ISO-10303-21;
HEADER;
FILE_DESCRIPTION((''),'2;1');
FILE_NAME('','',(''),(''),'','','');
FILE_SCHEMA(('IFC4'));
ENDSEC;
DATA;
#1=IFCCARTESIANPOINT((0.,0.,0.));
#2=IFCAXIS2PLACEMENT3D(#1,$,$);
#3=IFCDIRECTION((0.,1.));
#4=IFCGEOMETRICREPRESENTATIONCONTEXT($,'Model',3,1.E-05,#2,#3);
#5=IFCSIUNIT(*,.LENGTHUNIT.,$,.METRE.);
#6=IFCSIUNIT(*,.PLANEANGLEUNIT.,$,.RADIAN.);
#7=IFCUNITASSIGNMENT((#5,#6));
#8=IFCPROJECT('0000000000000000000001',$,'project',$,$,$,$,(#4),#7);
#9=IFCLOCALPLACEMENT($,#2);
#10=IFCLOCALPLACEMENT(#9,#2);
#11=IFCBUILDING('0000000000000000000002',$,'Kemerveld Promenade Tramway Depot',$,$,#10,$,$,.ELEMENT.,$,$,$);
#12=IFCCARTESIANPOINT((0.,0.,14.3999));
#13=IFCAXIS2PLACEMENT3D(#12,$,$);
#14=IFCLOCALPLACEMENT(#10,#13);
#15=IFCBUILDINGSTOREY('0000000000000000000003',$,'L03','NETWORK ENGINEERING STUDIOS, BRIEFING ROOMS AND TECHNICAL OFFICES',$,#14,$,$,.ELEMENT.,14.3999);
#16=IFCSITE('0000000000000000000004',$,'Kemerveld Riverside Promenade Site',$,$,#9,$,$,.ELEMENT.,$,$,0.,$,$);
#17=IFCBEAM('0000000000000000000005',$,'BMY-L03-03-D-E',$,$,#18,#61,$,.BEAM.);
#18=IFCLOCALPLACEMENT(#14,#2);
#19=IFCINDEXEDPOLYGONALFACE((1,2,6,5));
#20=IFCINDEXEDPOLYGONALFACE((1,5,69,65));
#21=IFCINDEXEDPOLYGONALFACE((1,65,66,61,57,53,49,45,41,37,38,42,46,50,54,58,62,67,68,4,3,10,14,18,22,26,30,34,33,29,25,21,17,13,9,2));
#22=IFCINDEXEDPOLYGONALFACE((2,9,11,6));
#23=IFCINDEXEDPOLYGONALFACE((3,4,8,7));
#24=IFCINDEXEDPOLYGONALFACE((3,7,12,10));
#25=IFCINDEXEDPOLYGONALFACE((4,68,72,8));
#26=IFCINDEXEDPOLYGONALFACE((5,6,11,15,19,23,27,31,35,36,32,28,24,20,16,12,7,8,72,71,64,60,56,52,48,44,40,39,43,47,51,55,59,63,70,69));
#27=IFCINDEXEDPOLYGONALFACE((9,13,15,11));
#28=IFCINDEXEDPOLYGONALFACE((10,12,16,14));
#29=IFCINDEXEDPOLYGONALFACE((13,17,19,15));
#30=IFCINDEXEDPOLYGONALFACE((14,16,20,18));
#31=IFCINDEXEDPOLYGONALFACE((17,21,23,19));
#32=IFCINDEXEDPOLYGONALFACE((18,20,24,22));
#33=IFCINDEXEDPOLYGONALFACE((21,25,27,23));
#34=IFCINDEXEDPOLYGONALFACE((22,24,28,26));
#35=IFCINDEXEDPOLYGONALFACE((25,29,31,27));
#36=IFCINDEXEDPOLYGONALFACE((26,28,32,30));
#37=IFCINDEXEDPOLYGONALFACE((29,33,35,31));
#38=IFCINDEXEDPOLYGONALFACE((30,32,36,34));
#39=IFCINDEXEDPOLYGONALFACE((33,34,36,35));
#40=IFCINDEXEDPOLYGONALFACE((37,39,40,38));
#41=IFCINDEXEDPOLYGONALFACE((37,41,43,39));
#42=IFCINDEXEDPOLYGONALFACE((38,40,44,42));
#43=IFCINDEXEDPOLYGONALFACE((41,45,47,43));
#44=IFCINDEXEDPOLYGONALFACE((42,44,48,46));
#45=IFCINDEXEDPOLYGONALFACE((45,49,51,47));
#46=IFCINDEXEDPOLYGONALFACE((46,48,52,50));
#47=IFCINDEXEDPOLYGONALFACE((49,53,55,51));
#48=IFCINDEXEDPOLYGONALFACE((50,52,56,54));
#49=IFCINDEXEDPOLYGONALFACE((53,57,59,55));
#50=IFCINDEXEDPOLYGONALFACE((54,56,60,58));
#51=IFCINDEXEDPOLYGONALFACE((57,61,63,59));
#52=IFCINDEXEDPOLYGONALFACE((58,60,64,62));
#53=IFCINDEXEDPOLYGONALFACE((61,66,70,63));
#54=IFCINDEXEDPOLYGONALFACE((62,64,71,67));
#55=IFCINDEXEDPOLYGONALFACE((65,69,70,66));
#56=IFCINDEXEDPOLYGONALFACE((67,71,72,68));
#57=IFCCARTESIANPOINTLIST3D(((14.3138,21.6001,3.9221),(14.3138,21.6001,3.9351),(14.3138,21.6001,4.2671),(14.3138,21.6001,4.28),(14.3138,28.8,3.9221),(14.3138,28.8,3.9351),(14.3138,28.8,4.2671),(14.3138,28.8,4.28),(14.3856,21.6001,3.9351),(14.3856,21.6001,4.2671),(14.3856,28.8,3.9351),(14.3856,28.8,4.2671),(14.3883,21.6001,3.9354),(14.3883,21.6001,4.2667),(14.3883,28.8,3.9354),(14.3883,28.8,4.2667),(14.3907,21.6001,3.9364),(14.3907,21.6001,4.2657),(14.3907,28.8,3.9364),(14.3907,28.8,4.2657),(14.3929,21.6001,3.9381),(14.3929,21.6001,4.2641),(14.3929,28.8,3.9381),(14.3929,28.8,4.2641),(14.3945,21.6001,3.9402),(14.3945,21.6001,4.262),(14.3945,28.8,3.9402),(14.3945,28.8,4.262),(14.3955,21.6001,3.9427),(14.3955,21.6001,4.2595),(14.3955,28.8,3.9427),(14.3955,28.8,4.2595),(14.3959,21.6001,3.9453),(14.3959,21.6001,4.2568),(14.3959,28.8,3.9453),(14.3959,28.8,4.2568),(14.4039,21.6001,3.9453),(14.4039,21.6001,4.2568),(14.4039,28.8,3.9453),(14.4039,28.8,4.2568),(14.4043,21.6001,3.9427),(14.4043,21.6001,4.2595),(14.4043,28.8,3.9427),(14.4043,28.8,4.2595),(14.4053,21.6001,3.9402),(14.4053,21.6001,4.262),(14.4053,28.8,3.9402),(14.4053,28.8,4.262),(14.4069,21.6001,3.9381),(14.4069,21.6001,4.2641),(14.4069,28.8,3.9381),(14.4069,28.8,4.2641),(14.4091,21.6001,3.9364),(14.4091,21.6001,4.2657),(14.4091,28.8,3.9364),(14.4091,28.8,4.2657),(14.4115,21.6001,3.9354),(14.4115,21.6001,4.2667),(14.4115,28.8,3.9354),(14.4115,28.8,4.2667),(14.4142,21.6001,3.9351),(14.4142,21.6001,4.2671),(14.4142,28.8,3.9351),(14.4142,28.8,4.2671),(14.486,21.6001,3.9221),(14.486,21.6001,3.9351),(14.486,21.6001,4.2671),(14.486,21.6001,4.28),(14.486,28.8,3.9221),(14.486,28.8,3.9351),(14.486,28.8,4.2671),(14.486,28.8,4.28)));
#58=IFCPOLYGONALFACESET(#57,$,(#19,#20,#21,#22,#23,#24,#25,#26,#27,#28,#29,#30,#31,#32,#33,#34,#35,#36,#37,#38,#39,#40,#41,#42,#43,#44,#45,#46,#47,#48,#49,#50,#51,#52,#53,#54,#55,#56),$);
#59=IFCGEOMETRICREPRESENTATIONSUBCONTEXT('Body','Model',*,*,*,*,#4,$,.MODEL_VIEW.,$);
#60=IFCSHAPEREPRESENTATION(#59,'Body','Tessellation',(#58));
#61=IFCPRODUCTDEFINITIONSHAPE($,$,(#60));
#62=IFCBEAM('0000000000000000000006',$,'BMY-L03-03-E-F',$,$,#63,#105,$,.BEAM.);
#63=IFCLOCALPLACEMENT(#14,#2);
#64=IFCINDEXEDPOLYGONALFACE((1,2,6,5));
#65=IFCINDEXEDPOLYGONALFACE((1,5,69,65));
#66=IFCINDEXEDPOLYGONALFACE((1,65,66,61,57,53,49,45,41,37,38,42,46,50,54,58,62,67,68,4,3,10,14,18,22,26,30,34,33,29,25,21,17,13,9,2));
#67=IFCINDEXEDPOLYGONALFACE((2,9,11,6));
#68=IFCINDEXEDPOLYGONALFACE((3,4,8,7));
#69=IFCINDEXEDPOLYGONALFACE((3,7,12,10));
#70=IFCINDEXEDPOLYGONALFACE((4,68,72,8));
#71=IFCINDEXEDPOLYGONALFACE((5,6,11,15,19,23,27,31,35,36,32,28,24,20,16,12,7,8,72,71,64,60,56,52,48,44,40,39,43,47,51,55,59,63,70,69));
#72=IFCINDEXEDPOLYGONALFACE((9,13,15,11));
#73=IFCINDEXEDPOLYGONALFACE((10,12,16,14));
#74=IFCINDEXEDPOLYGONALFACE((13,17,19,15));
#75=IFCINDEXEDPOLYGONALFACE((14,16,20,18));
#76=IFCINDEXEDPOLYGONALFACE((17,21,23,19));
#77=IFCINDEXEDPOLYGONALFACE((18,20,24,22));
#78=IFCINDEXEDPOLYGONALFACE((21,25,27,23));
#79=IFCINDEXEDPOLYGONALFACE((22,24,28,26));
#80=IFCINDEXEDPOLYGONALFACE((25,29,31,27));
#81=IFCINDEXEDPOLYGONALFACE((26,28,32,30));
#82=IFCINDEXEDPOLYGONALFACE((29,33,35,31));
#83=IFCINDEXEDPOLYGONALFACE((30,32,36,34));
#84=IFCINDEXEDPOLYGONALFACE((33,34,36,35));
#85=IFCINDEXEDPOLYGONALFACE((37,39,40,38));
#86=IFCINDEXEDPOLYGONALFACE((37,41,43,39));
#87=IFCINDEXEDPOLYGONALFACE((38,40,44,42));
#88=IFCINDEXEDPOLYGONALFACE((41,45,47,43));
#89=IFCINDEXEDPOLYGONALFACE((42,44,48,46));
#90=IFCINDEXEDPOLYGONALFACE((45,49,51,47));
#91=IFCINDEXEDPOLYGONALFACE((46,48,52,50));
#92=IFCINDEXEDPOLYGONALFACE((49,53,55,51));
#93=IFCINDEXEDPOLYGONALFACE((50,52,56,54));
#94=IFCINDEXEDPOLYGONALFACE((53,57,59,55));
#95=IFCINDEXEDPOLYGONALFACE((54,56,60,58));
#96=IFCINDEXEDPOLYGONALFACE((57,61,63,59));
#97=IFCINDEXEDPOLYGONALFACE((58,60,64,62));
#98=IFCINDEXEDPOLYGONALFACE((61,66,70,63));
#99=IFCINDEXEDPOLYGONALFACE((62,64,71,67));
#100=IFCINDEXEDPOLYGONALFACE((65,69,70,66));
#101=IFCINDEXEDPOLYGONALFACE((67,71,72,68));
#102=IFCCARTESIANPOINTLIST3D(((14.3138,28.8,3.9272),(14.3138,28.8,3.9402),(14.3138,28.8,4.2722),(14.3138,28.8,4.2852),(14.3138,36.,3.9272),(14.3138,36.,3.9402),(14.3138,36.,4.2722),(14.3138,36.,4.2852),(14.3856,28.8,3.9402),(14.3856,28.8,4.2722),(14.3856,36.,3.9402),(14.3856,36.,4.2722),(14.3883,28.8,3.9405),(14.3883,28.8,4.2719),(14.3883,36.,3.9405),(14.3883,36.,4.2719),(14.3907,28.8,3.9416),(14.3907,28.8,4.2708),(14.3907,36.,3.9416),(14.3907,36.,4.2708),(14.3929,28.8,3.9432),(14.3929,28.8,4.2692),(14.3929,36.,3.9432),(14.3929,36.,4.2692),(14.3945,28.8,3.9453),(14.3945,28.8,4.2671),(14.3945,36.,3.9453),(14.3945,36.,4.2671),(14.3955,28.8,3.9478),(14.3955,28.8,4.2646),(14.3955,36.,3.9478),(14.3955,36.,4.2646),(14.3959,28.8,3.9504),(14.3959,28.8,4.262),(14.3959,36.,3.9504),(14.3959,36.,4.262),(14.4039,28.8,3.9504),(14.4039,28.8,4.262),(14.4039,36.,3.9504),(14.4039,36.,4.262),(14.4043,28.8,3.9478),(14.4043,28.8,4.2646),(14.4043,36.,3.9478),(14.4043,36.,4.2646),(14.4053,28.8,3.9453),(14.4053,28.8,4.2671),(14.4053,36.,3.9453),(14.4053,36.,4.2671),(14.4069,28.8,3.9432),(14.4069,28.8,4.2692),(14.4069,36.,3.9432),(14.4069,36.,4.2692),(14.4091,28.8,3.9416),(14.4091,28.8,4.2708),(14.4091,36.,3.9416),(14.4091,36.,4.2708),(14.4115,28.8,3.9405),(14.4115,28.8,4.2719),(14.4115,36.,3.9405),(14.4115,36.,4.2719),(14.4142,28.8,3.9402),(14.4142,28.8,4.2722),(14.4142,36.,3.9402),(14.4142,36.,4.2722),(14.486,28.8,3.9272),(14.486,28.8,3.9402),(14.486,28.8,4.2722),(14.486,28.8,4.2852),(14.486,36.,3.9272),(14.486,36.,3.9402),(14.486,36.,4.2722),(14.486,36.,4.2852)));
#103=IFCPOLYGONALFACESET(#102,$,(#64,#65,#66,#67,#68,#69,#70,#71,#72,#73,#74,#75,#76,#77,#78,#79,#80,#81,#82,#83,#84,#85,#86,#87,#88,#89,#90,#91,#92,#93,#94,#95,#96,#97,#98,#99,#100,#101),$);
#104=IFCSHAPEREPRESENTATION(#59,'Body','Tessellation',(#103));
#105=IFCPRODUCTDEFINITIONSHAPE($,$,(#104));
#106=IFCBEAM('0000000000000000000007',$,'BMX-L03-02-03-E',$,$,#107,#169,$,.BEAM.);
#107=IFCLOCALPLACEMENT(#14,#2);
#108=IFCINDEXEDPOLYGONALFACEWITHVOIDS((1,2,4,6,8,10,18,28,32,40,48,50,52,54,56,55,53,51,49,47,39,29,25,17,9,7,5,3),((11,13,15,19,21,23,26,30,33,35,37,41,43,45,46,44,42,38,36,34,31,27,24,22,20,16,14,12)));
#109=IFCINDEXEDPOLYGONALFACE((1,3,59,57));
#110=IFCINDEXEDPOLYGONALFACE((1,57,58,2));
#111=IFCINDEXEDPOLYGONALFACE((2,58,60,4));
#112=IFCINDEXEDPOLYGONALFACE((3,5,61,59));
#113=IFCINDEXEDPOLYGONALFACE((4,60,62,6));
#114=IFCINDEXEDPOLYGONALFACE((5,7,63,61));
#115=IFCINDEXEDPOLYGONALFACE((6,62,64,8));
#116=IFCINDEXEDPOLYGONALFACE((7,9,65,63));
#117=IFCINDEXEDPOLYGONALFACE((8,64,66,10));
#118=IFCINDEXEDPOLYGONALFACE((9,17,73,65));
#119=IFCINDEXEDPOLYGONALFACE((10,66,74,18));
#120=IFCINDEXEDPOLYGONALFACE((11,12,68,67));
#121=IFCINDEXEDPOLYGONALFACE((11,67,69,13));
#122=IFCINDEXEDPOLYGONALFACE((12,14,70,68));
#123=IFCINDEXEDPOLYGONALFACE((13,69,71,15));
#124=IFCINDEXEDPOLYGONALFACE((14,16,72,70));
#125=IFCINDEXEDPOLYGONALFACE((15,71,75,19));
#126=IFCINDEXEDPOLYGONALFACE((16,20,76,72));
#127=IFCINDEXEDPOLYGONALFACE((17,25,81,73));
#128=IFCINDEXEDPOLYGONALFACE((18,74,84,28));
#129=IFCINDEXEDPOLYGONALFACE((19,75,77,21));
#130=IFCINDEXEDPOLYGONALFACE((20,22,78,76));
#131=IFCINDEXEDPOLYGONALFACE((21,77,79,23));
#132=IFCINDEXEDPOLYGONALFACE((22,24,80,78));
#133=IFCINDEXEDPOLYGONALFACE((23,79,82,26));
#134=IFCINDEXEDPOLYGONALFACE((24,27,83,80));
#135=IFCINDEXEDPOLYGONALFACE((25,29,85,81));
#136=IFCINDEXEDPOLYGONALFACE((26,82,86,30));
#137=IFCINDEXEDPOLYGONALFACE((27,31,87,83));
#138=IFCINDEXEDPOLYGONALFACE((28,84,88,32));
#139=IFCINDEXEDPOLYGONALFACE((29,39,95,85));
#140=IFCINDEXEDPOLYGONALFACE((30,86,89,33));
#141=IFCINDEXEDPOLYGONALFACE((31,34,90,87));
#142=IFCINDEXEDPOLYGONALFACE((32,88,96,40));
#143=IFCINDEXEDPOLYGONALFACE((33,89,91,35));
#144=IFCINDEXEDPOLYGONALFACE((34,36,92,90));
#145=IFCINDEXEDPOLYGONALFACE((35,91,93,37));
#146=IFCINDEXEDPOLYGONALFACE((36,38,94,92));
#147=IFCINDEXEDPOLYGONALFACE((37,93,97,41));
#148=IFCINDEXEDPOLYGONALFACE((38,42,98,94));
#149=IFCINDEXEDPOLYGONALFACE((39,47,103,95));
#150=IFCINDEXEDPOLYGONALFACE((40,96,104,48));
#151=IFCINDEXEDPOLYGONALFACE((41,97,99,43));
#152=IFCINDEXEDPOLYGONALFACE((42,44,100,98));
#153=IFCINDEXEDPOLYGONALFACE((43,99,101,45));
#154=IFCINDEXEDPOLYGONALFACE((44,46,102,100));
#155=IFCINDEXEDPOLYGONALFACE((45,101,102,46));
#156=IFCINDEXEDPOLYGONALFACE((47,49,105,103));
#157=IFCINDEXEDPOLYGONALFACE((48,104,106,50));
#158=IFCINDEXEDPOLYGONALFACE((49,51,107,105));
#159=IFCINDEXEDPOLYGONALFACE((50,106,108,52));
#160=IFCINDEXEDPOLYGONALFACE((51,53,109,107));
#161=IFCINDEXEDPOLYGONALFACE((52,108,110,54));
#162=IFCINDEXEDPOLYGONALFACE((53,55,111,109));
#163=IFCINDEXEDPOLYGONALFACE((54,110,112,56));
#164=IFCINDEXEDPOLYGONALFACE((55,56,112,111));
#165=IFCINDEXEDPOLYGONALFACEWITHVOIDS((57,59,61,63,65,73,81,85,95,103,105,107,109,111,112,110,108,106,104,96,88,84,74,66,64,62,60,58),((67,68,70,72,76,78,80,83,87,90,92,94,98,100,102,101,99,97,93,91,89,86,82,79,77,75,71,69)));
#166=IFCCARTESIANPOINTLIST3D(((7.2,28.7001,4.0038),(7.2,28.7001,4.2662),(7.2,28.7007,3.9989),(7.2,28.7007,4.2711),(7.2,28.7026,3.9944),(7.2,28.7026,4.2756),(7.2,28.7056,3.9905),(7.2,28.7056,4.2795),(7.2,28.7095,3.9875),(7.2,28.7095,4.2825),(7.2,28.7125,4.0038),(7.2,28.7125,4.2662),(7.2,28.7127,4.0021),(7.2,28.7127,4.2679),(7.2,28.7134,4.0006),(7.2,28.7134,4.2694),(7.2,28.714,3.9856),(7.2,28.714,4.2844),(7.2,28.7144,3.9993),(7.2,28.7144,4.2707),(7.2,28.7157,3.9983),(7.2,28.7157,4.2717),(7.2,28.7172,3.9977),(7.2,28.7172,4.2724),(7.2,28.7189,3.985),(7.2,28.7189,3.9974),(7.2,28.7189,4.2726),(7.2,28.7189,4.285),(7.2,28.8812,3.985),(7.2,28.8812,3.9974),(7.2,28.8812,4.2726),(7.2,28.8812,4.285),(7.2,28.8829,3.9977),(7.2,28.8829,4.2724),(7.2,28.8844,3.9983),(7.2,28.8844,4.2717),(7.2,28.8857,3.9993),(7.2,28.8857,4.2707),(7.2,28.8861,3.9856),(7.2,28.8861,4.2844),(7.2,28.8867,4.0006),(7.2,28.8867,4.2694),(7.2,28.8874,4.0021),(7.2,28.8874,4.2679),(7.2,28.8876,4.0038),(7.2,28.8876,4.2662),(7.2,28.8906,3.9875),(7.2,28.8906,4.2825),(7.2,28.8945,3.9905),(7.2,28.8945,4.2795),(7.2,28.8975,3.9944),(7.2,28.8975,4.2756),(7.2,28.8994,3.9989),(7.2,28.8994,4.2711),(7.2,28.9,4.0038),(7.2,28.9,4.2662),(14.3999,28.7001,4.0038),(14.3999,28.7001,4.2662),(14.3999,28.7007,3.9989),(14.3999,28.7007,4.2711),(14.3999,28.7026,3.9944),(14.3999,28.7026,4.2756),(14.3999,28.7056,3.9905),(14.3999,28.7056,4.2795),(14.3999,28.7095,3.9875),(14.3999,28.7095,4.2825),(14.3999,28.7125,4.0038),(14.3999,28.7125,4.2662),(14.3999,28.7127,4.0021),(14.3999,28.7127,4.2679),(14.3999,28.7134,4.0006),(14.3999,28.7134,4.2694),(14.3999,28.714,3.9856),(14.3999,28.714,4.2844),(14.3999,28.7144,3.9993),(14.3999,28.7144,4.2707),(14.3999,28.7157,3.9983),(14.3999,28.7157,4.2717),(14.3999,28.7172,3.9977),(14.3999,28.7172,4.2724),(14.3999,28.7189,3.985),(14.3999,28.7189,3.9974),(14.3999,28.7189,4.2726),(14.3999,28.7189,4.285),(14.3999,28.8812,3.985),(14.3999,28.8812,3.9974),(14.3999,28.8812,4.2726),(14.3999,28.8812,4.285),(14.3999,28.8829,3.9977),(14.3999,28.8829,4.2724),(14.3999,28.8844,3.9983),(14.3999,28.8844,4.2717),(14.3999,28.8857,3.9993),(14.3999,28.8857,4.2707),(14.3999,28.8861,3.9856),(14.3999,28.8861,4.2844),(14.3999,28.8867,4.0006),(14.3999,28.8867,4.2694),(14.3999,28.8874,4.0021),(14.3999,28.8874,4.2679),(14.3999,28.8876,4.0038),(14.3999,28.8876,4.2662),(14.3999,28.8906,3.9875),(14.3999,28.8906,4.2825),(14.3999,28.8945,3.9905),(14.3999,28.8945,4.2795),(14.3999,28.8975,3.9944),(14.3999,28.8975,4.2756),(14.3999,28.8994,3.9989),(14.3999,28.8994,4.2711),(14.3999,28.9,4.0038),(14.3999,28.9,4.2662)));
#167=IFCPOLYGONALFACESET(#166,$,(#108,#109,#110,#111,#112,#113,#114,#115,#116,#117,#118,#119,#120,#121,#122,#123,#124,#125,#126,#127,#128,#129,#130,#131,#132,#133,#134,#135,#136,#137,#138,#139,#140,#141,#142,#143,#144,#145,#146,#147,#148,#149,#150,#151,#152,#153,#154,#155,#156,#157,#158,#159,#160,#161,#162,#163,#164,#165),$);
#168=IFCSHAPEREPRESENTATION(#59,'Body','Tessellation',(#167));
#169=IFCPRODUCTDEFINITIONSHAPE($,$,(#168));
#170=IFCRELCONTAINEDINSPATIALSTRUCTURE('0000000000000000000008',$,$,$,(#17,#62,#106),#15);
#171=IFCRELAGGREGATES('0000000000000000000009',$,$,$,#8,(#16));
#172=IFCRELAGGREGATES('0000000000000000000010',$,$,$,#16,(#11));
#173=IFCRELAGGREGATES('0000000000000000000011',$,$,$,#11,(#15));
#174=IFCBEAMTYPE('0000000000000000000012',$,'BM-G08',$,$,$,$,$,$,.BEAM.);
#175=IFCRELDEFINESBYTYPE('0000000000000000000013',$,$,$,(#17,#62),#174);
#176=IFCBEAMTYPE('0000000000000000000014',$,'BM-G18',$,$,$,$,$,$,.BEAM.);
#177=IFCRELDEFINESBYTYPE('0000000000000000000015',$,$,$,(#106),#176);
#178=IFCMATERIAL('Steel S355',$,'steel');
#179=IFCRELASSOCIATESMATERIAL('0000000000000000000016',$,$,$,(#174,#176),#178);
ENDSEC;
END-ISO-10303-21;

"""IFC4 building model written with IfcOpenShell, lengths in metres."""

from ifc_helpers import new_model, si_unit, direction, frame, origin, origin_2d, place, context, subcontext, project, spatial, hollow_rectangle, i_section, extrude, material, material_profile, profile_set, type_object, element, save


model = new_model("IFC4")

# Units and contexts
model_context = context("Model", 3, precision=1e-05, world=origin(), true_north=direction((0.0, 1.0)))
body_context = subcontext(model_context, "Body", "Model", "MODEL_VIEW")
ifc_project = project(units=[si_unit("LENGTHUNIT", "METRE"), si_unit("PLANEANGLEUNIT", "RADIAN")], contexts=[model_context])

# Site, building, storey
site_placement = place(None, origin())
site = spatial("IfcSite", under=ifc_project, at=site_placement, Name="Kemerveld Riverside Promenade Site", CompositionType="ELEMENT", RefElevation=0.0)
building_placement = place(site_placement, origin())
building = spatial("IfcBuilding", under=site, at=building_placement, Name="Kemerveld Promenade Tramway Depot", CompositionType="ELEMENT")
storey_placement = place(building_placement, frame((0.0, 0.0, 14.3999)))
storey = spatial("IfcBuildingStorey", under=building, at=storey_placement, Name="L03", Description="NETWORK ENGINEERING STUDIOS, BRIEFING ROOMS AND TECHNICAL OFFICES", CompositionType="ELEMENT", Elevation=14.3999)

# Shared definitions
ifc_material_1 = material(Name="Steel S355", Category="steel")

# Beams
ifc_material_profile_1 = material_profile(ifc_material_1, i_section(OverallWidth=0.1721, OverallDepth=0.3579, WebThickness=0.0081, FlangeThickness=0.0129, FilletRadius=0.0103, at=origin_2d()), Name="356x171x57 UB")
ifc_profile_set_1 = profile_set([ifc_material_profile_1], Name="Steel S355")
beam_type_1 = type_object("IfcBeamType", Name="BM-G08", PredefinedType="BEAM", material=ifc_profile_set_1)
for number, where, z_axis, x_axis, name in (
    (1, (14.3999, 21.6001, 4.1011), (0.0, 1.0, 0.0), (-1.0, 0.0, 0.0), "BMY-L03-03-D-E"),
    (2, (14.3999, 28.8, 4.1062), (0.0, 1.0, 0.0), (-1.0, 0.0, 0.0), "BMY-L03-03-E-F"),
):
    element("IfcBeam", number, at=place(storey_placement, frame(where, z_axis=z_axis, x_axis=x_axis)), inside=storey, type_object=beam_type_1, Name=name, PredefinedType="BEAM", context=body_context, shape_type="SweptSolid", body=[
        extrude(i_section(OverallWidth=0.1721, OverallDepth=0.3579, WebThickness=0.0081, FlangeThickness=0.0129, FilletRadius=0.0103, at=origin_2d()), origin(), (0.0, 0.0, 1.0), 7.2),
    ])
ifc_material_profile_2 = material_profile(ifc_material_1, hollow_rectangle(XDim=0.2, YDim=0.3, WallThickness=0.0125, InnerFilletRadius=0.0063, OuterFilletRadius=0.0188, at=origin_2d()), Name="300x200x12.5 RHS")
ifc_profile_set_2 = profile_set([ifc_material_profile_2], Name="Steel S355")
beam_type_2 = type_object("IfcBeamType", Name="BM-G18", PredefinedType="BEAM", material=ifc_profile_set_2)
beam_1_placement = place(storey_placement, frame((7.2, 28.8, 4.135), z_axis=(1.0, 0.0, 0.0), x_axis=(0.0, 1.0, 0.0)))
element("IfcBeam", 3, at=beam_1_placement, inside=storey, type_object=beam_type_2, Name="BMX-L03-02-03-E", PredefinedType="BEAM", context=body_context, shape_type="SweptSolid", body=[
    extrude(hollow_rectangle(XDim=0.2, YDim=0.3, WallThickness=0.0125, InnerFilletRadius=0.0063, OuterFilletRadius=0.0188, at=origin_2d()), origin(), (0.0, 0.0, 1.0), 7.2),
])

save(model, "model.ifc")
